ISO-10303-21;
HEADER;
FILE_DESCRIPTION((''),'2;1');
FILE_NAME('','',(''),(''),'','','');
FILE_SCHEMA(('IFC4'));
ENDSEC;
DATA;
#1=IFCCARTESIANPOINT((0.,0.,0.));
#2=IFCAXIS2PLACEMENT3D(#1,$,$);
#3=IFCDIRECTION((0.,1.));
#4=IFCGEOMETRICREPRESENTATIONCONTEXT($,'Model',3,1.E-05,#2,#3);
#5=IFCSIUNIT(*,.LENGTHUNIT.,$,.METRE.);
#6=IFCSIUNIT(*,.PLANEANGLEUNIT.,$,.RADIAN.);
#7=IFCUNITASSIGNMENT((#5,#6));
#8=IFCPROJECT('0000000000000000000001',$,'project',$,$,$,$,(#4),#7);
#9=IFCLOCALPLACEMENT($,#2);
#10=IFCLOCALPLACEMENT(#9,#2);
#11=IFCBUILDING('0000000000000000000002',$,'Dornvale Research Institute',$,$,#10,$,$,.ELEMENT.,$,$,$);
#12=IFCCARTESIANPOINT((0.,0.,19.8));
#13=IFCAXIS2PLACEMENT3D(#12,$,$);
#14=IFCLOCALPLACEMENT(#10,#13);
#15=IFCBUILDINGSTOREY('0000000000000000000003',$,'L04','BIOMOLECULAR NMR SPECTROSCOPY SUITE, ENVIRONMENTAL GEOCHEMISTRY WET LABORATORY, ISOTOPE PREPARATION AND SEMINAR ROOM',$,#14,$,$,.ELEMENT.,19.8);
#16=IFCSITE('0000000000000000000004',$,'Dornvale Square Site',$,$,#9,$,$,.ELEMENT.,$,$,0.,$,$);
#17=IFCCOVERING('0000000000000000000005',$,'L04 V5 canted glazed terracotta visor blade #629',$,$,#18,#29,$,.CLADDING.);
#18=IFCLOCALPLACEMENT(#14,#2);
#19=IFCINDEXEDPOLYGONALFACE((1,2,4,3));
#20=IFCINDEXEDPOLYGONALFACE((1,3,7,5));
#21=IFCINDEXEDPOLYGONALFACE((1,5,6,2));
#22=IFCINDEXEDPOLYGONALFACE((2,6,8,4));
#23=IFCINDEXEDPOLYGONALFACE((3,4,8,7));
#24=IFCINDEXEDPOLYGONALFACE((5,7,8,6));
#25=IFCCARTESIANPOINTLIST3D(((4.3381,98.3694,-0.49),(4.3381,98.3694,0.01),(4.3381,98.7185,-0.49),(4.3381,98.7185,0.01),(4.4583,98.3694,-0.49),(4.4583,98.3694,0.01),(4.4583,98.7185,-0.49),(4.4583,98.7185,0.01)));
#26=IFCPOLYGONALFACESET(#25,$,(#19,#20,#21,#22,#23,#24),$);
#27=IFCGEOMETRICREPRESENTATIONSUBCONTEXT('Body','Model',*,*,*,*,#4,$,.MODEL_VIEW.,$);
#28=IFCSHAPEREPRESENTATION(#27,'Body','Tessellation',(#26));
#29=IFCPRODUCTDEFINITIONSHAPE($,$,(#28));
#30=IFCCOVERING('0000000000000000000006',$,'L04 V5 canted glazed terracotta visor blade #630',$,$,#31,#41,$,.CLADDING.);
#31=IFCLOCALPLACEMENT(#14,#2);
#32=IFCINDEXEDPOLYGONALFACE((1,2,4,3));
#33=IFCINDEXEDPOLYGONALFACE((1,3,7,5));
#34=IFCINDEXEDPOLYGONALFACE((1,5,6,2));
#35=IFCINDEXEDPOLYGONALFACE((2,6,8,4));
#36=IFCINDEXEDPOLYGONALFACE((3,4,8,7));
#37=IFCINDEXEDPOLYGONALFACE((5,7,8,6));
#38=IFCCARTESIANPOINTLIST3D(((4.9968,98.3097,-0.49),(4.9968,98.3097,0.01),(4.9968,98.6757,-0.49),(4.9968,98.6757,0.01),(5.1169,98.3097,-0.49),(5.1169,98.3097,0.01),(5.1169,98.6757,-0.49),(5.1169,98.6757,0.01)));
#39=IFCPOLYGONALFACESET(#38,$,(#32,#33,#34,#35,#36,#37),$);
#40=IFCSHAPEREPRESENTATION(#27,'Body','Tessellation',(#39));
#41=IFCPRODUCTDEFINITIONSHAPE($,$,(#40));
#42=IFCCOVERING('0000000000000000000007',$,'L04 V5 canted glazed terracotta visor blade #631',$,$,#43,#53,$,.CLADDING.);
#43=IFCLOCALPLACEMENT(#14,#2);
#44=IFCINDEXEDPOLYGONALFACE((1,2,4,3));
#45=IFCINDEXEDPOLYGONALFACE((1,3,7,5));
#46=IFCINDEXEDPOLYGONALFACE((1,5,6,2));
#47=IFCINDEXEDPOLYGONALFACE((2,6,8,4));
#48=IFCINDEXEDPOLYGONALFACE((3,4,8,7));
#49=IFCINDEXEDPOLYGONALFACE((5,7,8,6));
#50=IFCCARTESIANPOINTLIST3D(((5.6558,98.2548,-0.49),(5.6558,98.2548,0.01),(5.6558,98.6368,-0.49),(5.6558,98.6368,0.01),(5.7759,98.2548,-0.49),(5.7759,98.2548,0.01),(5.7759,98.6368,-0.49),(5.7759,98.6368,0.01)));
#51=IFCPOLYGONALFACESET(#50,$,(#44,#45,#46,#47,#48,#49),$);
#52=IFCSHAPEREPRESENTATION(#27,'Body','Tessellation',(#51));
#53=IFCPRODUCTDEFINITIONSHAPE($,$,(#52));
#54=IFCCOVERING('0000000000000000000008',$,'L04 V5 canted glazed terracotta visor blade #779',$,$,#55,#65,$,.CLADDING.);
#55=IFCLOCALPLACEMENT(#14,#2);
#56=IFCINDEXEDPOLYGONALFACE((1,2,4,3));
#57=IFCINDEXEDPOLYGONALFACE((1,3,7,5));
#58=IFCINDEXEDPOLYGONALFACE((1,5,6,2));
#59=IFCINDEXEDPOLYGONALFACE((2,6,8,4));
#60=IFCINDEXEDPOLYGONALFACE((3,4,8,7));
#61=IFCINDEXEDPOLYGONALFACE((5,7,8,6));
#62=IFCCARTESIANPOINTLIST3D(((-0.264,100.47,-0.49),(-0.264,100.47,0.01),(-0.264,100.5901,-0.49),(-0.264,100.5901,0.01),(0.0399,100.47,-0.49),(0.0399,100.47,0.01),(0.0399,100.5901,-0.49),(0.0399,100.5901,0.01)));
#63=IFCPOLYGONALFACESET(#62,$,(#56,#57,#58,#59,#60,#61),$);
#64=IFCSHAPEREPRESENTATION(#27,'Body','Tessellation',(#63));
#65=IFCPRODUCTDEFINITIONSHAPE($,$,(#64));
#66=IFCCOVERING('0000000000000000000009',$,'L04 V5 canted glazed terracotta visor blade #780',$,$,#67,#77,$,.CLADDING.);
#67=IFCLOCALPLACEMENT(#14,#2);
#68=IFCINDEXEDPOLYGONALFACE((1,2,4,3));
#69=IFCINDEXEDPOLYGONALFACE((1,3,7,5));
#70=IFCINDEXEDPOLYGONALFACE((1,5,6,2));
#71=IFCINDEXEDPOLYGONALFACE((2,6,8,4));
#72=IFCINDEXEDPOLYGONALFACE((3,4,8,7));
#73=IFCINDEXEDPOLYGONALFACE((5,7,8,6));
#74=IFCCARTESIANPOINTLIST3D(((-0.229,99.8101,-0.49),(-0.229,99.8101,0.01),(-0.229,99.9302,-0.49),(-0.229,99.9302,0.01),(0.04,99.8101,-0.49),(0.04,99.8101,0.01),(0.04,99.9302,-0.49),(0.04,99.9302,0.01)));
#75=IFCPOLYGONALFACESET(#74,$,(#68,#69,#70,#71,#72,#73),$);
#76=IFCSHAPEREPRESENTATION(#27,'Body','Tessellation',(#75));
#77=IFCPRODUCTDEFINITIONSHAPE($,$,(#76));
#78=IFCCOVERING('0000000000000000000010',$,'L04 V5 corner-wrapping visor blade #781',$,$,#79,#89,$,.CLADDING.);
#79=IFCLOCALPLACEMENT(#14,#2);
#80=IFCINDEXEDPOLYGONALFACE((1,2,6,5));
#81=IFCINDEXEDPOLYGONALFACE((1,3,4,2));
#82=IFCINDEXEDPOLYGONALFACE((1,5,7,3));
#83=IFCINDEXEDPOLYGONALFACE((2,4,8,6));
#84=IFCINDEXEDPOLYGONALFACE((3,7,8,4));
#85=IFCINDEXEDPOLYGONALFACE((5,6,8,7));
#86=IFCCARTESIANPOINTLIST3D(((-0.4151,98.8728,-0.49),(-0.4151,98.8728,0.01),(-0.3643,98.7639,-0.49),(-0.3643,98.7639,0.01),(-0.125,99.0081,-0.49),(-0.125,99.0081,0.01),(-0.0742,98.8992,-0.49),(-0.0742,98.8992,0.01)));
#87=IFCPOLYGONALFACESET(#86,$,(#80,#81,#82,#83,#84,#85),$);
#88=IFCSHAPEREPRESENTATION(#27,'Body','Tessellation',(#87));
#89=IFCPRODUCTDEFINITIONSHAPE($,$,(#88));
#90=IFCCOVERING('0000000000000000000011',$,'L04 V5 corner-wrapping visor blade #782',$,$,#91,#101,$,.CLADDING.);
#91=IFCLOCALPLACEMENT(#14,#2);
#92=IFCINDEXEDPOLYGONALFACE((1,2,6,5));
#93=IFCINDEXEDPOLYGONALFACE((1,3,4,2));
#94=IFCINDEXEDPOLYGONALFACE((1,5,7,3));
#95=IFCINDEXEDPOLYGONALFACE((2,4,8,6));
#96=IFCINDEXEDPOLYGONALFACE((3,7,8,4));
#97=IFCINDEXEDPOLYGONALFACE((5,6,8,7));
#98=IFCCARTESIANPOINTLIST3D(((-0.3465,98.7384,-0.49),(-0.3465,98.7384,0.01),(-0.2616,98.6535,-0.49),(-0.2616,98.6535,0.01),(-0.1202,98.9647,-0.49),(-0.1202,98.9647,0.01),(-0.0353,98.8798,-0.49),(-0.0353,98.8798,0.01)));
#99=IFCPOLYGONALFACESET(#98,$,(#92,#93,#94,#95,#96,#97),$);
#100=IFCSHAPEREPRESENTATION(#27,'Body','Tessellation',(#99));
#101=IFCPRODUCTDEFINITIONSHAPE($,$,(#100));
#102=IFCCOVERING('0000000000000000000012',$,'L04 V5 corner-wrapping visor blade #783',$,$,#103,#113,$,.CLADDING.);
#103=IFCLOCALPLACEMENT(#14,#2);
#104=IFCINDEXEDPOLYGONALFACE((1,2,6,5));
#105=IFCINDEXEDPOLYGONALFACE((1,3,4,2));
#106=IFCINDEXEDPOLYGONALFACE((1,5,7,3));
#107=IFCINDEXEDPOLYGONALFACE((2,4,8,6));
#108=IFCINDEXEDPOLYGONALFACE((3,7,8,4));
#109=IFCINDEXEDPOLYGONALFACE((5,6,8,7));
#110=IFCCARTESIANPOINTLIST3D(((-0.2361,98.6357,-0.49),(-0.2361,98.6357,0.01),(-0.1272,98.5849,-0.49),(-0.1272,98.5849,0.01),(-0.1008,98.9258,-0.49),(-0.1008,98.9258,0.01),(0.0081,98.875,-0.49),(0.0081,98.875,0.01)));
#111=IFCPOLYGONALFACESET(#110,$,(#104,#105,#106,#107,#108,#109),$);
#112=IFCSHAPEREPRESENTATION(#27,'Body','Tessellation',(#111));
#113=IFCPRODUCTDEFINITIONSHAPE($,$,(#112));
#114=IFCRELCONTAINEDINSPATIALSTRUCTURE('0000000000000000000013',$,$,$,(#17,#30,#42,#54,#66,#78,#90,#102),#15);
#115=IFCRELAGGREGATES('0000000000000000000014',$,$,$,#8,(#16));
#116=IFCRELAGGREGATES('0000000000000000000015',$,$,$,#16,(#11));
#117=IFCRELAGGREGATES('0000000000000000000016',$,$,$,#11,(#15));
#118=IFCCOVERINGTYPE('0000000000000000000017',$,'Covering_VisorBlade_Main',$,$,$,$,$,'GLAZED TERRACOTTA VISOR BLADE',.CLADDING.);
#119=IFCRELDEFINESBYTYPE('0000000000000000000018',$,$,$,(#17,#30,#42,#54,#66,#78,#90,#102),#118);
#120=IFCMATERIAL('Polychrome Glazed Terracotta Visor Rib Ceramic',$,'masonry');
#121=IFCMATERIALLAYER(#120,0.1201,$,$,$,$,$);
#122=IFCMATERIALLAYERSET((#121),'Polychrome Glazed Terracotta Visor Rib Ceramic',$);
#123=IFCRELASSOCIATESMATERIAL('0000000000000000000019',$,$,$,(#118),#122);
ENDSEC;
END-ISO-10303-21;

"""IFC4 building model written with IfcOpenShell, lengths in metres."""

from ifc_helpers import new_model, si_unit, direction, frame, origin, origin_2d, place, context, subcontext, project, spatial, rectangle, extrude, material, layer, layer_set, type_object, element, save


model = new_model("IFC4")

# Units and contexts
model_context = context("Model", 3, precision=1e-05, world=origin(), true_north=direction((0.0, 1.0)))
body_context = subcontext(model_context, "Body", "Model", "MODEL_VIEW")
ifc_project = project(units=[si_unit("LENGTHUNIT", "METRE"), si_unit("PLANEANGLEUNIT", "RADIAN")], contexts=[model_context])

# Site, building, storey
site_placement = place(None, origin())
site = spatial("IfcSite", under=ifc_project, at=site_placement, Name="Dornvale Square Site", CompositionType="ELEMENT", RefElevation=0.0)
building_placement = place(site_placement, origin())
building = spatial("IfcBuilding", under=site, at=building_placement, Name="Dornvale Research Institute", CompositionType="ELEMENT")
storey_placement = place(building_placement, frame((0.0, 0.0, 19.8)))
storey = spatial("IfcBuildingStorey", under=building, at=storey_placement, Name="L04", Description="BIOMOLECULAR NMR SPECTROSCOPY SUITE, ENVIRONMENTAL GEOCHEMISTRY WET LABORATORY, ISOTOPE PREPARATION AND SEMINAR ROOM", CompositionType="ELEMENT", Elevation=19.8)

# Coverings
ifc_material_1 = material(Name="Polychrome Glazed Terracotta Visor Rib Ceramic", Category="masonry")
ifc_layer_1 = layer(ifc_material_1, 0.1201)
ifc_layer_set_1 = layer_set([ifc_layer_1], Name="Polychrome Glazed Terracotta Visor Rib Ceramic")
covering_type = type_object("IfcCoveringType", Name="Covering_VisorBlade_Main", ElementType="GLAZED TERRACOTTA VISOR BLADE", PredefinedType="CLADDING", material=ifc_layer_set_1)
covering_1_placement = place(storey_placement, frame((4.3982, 98.5439, -0.49), z_axis=(0.0, 0.0, 1.0), x_axis=(0.0, 1.0, 0.0)))
element("IfcCovering", 1, at=covering_1_placement, inside=storey, type_object=covering_type, Name="L04 V5 canted glazed terracotta visor blade #629", PredefinedType="CLADDING", context=body_context, shape_type="SweptSolid", body=[
    extrude(rectangle(XDim=0.3491, YDim=0.1201, at=origin_2d()), origin(), (0.0, 0.0, 1.0), 0.5),
])
covering_2_placement = place(storey_placement, frame((5.0569, 98.4927, -0.49), z_axis=(0.0, 0.0, 1.0), x_axis=(0.0, 1.0, 0.0)))
element("IfcCovering", 2, at=covering_2_placement, inside=storey, type_object=covering_type, Name="L04 V5 canted glazed terracotta visor blade #630", PredefinedType="CLADDING", context=body_context, shape_type="SweptSolid", body=[
    extrude(rectangle(XDim=0.366, YDim=0.1201, at=origin_2d()), origin(), (0.0, 0.0, 1.0), 0.5),
])
covering_3_placement = place(storey_placement, frame((5.7158, 98.4458, -0.49), z_axis=(0.0, 0.0, 1.0), x_axis=(0.0, 1.0, 0.0)))
element("IfcCovering", 3, at=covering_3_placement, inside=storey, type_object=covering_type, Name="L04 V5 canted glazed terracotta visor blade #631", PredefinedType="CLADDING", context=body_context, shape_type="SweptSolid", body=[
    extrude(rectangle(XDim=0.3821, YDim=0.1201, at=origin_2d()), origin(), (0.0, 0.0, 1.0), 0.5),
])
covering_4_placement = place(storey_placement, frame((-0.1121, 100.53, -0.49), z_axis=(0.0, 0.0, 1.0), x_axis=(1.0, 0.0, 0.0)))
element("IfcCovering", 4, at=covering_4_placement, inside=storey, type_object=covering_type, Name="L04 V5 canted glazed terracotta visor blade #779", PredefinedType="CLADDING", context=body_context, shape_type="SweptSolid", body=[
    extrude(rectangle(XDim=0.304, YDim=0.1201, at=origin_2d()), origin(), (0.0, 0.0, 1.0), 0.5),
])
covering_5_placement = place(storey_placement, frame((-0.0945, 99.8701, -0.49), z_axis=(0.0, 0.0, 1.0), x_axis=(1.0, 0.0, 0.0)))
element("IfcCovering", 5, at=covering_5_placement, inside=storey, type_object=covering_type, Name="L04 V5 canted glazed terracotta visor blade #780", PredefinedType="CLADDING", context=body_context, shape_type="SweptSolid", body=[
    extrude(rectangle(XDim=0.269, YDim=0.1201, at=origin_2d()), origin(), (0.0, 0.0, 1.0), 0.5),
])
for number, where, z_axis, x_axis, name in (
    (6, (-0.2446, 98.886, -0.49), (0.0, 0.0, 1.0), (-0.906308, -0.422618, 0.0), "L04 V5 corner-wrapping visor blade #781"),
    (7, (-0.1909, 98.8091, -0.49), (0.0, 0.0, 1.0), (-0.707107, -0.707107, 0.0), "L04 V5 corner-wrapping visor blade #782"),
    (8, (-0.114, 98.7554, -0.49), (0.0, 0.0, 1.0), (-0.422618, -0.906308, 0.0), "L04 V5 corner-wrapping visor blade #783"),
):
    element("IfcCovering", number, at=place(storey_placement, frame(where, z_axis=z_axis, x_axis=x_axis)), inside=storey, type_object=covering_type, Name=name, PredefinedType="CLADDING", context=body_context, shape_type="SweptSolid", body=[
        extrude(rectangle(XDim=0.3201, YDim=0.1201, at=origin_2d()), origin(), (0.0, 0.0, 1.0), 0.5),
    ])

save(model, "model.ifc")
